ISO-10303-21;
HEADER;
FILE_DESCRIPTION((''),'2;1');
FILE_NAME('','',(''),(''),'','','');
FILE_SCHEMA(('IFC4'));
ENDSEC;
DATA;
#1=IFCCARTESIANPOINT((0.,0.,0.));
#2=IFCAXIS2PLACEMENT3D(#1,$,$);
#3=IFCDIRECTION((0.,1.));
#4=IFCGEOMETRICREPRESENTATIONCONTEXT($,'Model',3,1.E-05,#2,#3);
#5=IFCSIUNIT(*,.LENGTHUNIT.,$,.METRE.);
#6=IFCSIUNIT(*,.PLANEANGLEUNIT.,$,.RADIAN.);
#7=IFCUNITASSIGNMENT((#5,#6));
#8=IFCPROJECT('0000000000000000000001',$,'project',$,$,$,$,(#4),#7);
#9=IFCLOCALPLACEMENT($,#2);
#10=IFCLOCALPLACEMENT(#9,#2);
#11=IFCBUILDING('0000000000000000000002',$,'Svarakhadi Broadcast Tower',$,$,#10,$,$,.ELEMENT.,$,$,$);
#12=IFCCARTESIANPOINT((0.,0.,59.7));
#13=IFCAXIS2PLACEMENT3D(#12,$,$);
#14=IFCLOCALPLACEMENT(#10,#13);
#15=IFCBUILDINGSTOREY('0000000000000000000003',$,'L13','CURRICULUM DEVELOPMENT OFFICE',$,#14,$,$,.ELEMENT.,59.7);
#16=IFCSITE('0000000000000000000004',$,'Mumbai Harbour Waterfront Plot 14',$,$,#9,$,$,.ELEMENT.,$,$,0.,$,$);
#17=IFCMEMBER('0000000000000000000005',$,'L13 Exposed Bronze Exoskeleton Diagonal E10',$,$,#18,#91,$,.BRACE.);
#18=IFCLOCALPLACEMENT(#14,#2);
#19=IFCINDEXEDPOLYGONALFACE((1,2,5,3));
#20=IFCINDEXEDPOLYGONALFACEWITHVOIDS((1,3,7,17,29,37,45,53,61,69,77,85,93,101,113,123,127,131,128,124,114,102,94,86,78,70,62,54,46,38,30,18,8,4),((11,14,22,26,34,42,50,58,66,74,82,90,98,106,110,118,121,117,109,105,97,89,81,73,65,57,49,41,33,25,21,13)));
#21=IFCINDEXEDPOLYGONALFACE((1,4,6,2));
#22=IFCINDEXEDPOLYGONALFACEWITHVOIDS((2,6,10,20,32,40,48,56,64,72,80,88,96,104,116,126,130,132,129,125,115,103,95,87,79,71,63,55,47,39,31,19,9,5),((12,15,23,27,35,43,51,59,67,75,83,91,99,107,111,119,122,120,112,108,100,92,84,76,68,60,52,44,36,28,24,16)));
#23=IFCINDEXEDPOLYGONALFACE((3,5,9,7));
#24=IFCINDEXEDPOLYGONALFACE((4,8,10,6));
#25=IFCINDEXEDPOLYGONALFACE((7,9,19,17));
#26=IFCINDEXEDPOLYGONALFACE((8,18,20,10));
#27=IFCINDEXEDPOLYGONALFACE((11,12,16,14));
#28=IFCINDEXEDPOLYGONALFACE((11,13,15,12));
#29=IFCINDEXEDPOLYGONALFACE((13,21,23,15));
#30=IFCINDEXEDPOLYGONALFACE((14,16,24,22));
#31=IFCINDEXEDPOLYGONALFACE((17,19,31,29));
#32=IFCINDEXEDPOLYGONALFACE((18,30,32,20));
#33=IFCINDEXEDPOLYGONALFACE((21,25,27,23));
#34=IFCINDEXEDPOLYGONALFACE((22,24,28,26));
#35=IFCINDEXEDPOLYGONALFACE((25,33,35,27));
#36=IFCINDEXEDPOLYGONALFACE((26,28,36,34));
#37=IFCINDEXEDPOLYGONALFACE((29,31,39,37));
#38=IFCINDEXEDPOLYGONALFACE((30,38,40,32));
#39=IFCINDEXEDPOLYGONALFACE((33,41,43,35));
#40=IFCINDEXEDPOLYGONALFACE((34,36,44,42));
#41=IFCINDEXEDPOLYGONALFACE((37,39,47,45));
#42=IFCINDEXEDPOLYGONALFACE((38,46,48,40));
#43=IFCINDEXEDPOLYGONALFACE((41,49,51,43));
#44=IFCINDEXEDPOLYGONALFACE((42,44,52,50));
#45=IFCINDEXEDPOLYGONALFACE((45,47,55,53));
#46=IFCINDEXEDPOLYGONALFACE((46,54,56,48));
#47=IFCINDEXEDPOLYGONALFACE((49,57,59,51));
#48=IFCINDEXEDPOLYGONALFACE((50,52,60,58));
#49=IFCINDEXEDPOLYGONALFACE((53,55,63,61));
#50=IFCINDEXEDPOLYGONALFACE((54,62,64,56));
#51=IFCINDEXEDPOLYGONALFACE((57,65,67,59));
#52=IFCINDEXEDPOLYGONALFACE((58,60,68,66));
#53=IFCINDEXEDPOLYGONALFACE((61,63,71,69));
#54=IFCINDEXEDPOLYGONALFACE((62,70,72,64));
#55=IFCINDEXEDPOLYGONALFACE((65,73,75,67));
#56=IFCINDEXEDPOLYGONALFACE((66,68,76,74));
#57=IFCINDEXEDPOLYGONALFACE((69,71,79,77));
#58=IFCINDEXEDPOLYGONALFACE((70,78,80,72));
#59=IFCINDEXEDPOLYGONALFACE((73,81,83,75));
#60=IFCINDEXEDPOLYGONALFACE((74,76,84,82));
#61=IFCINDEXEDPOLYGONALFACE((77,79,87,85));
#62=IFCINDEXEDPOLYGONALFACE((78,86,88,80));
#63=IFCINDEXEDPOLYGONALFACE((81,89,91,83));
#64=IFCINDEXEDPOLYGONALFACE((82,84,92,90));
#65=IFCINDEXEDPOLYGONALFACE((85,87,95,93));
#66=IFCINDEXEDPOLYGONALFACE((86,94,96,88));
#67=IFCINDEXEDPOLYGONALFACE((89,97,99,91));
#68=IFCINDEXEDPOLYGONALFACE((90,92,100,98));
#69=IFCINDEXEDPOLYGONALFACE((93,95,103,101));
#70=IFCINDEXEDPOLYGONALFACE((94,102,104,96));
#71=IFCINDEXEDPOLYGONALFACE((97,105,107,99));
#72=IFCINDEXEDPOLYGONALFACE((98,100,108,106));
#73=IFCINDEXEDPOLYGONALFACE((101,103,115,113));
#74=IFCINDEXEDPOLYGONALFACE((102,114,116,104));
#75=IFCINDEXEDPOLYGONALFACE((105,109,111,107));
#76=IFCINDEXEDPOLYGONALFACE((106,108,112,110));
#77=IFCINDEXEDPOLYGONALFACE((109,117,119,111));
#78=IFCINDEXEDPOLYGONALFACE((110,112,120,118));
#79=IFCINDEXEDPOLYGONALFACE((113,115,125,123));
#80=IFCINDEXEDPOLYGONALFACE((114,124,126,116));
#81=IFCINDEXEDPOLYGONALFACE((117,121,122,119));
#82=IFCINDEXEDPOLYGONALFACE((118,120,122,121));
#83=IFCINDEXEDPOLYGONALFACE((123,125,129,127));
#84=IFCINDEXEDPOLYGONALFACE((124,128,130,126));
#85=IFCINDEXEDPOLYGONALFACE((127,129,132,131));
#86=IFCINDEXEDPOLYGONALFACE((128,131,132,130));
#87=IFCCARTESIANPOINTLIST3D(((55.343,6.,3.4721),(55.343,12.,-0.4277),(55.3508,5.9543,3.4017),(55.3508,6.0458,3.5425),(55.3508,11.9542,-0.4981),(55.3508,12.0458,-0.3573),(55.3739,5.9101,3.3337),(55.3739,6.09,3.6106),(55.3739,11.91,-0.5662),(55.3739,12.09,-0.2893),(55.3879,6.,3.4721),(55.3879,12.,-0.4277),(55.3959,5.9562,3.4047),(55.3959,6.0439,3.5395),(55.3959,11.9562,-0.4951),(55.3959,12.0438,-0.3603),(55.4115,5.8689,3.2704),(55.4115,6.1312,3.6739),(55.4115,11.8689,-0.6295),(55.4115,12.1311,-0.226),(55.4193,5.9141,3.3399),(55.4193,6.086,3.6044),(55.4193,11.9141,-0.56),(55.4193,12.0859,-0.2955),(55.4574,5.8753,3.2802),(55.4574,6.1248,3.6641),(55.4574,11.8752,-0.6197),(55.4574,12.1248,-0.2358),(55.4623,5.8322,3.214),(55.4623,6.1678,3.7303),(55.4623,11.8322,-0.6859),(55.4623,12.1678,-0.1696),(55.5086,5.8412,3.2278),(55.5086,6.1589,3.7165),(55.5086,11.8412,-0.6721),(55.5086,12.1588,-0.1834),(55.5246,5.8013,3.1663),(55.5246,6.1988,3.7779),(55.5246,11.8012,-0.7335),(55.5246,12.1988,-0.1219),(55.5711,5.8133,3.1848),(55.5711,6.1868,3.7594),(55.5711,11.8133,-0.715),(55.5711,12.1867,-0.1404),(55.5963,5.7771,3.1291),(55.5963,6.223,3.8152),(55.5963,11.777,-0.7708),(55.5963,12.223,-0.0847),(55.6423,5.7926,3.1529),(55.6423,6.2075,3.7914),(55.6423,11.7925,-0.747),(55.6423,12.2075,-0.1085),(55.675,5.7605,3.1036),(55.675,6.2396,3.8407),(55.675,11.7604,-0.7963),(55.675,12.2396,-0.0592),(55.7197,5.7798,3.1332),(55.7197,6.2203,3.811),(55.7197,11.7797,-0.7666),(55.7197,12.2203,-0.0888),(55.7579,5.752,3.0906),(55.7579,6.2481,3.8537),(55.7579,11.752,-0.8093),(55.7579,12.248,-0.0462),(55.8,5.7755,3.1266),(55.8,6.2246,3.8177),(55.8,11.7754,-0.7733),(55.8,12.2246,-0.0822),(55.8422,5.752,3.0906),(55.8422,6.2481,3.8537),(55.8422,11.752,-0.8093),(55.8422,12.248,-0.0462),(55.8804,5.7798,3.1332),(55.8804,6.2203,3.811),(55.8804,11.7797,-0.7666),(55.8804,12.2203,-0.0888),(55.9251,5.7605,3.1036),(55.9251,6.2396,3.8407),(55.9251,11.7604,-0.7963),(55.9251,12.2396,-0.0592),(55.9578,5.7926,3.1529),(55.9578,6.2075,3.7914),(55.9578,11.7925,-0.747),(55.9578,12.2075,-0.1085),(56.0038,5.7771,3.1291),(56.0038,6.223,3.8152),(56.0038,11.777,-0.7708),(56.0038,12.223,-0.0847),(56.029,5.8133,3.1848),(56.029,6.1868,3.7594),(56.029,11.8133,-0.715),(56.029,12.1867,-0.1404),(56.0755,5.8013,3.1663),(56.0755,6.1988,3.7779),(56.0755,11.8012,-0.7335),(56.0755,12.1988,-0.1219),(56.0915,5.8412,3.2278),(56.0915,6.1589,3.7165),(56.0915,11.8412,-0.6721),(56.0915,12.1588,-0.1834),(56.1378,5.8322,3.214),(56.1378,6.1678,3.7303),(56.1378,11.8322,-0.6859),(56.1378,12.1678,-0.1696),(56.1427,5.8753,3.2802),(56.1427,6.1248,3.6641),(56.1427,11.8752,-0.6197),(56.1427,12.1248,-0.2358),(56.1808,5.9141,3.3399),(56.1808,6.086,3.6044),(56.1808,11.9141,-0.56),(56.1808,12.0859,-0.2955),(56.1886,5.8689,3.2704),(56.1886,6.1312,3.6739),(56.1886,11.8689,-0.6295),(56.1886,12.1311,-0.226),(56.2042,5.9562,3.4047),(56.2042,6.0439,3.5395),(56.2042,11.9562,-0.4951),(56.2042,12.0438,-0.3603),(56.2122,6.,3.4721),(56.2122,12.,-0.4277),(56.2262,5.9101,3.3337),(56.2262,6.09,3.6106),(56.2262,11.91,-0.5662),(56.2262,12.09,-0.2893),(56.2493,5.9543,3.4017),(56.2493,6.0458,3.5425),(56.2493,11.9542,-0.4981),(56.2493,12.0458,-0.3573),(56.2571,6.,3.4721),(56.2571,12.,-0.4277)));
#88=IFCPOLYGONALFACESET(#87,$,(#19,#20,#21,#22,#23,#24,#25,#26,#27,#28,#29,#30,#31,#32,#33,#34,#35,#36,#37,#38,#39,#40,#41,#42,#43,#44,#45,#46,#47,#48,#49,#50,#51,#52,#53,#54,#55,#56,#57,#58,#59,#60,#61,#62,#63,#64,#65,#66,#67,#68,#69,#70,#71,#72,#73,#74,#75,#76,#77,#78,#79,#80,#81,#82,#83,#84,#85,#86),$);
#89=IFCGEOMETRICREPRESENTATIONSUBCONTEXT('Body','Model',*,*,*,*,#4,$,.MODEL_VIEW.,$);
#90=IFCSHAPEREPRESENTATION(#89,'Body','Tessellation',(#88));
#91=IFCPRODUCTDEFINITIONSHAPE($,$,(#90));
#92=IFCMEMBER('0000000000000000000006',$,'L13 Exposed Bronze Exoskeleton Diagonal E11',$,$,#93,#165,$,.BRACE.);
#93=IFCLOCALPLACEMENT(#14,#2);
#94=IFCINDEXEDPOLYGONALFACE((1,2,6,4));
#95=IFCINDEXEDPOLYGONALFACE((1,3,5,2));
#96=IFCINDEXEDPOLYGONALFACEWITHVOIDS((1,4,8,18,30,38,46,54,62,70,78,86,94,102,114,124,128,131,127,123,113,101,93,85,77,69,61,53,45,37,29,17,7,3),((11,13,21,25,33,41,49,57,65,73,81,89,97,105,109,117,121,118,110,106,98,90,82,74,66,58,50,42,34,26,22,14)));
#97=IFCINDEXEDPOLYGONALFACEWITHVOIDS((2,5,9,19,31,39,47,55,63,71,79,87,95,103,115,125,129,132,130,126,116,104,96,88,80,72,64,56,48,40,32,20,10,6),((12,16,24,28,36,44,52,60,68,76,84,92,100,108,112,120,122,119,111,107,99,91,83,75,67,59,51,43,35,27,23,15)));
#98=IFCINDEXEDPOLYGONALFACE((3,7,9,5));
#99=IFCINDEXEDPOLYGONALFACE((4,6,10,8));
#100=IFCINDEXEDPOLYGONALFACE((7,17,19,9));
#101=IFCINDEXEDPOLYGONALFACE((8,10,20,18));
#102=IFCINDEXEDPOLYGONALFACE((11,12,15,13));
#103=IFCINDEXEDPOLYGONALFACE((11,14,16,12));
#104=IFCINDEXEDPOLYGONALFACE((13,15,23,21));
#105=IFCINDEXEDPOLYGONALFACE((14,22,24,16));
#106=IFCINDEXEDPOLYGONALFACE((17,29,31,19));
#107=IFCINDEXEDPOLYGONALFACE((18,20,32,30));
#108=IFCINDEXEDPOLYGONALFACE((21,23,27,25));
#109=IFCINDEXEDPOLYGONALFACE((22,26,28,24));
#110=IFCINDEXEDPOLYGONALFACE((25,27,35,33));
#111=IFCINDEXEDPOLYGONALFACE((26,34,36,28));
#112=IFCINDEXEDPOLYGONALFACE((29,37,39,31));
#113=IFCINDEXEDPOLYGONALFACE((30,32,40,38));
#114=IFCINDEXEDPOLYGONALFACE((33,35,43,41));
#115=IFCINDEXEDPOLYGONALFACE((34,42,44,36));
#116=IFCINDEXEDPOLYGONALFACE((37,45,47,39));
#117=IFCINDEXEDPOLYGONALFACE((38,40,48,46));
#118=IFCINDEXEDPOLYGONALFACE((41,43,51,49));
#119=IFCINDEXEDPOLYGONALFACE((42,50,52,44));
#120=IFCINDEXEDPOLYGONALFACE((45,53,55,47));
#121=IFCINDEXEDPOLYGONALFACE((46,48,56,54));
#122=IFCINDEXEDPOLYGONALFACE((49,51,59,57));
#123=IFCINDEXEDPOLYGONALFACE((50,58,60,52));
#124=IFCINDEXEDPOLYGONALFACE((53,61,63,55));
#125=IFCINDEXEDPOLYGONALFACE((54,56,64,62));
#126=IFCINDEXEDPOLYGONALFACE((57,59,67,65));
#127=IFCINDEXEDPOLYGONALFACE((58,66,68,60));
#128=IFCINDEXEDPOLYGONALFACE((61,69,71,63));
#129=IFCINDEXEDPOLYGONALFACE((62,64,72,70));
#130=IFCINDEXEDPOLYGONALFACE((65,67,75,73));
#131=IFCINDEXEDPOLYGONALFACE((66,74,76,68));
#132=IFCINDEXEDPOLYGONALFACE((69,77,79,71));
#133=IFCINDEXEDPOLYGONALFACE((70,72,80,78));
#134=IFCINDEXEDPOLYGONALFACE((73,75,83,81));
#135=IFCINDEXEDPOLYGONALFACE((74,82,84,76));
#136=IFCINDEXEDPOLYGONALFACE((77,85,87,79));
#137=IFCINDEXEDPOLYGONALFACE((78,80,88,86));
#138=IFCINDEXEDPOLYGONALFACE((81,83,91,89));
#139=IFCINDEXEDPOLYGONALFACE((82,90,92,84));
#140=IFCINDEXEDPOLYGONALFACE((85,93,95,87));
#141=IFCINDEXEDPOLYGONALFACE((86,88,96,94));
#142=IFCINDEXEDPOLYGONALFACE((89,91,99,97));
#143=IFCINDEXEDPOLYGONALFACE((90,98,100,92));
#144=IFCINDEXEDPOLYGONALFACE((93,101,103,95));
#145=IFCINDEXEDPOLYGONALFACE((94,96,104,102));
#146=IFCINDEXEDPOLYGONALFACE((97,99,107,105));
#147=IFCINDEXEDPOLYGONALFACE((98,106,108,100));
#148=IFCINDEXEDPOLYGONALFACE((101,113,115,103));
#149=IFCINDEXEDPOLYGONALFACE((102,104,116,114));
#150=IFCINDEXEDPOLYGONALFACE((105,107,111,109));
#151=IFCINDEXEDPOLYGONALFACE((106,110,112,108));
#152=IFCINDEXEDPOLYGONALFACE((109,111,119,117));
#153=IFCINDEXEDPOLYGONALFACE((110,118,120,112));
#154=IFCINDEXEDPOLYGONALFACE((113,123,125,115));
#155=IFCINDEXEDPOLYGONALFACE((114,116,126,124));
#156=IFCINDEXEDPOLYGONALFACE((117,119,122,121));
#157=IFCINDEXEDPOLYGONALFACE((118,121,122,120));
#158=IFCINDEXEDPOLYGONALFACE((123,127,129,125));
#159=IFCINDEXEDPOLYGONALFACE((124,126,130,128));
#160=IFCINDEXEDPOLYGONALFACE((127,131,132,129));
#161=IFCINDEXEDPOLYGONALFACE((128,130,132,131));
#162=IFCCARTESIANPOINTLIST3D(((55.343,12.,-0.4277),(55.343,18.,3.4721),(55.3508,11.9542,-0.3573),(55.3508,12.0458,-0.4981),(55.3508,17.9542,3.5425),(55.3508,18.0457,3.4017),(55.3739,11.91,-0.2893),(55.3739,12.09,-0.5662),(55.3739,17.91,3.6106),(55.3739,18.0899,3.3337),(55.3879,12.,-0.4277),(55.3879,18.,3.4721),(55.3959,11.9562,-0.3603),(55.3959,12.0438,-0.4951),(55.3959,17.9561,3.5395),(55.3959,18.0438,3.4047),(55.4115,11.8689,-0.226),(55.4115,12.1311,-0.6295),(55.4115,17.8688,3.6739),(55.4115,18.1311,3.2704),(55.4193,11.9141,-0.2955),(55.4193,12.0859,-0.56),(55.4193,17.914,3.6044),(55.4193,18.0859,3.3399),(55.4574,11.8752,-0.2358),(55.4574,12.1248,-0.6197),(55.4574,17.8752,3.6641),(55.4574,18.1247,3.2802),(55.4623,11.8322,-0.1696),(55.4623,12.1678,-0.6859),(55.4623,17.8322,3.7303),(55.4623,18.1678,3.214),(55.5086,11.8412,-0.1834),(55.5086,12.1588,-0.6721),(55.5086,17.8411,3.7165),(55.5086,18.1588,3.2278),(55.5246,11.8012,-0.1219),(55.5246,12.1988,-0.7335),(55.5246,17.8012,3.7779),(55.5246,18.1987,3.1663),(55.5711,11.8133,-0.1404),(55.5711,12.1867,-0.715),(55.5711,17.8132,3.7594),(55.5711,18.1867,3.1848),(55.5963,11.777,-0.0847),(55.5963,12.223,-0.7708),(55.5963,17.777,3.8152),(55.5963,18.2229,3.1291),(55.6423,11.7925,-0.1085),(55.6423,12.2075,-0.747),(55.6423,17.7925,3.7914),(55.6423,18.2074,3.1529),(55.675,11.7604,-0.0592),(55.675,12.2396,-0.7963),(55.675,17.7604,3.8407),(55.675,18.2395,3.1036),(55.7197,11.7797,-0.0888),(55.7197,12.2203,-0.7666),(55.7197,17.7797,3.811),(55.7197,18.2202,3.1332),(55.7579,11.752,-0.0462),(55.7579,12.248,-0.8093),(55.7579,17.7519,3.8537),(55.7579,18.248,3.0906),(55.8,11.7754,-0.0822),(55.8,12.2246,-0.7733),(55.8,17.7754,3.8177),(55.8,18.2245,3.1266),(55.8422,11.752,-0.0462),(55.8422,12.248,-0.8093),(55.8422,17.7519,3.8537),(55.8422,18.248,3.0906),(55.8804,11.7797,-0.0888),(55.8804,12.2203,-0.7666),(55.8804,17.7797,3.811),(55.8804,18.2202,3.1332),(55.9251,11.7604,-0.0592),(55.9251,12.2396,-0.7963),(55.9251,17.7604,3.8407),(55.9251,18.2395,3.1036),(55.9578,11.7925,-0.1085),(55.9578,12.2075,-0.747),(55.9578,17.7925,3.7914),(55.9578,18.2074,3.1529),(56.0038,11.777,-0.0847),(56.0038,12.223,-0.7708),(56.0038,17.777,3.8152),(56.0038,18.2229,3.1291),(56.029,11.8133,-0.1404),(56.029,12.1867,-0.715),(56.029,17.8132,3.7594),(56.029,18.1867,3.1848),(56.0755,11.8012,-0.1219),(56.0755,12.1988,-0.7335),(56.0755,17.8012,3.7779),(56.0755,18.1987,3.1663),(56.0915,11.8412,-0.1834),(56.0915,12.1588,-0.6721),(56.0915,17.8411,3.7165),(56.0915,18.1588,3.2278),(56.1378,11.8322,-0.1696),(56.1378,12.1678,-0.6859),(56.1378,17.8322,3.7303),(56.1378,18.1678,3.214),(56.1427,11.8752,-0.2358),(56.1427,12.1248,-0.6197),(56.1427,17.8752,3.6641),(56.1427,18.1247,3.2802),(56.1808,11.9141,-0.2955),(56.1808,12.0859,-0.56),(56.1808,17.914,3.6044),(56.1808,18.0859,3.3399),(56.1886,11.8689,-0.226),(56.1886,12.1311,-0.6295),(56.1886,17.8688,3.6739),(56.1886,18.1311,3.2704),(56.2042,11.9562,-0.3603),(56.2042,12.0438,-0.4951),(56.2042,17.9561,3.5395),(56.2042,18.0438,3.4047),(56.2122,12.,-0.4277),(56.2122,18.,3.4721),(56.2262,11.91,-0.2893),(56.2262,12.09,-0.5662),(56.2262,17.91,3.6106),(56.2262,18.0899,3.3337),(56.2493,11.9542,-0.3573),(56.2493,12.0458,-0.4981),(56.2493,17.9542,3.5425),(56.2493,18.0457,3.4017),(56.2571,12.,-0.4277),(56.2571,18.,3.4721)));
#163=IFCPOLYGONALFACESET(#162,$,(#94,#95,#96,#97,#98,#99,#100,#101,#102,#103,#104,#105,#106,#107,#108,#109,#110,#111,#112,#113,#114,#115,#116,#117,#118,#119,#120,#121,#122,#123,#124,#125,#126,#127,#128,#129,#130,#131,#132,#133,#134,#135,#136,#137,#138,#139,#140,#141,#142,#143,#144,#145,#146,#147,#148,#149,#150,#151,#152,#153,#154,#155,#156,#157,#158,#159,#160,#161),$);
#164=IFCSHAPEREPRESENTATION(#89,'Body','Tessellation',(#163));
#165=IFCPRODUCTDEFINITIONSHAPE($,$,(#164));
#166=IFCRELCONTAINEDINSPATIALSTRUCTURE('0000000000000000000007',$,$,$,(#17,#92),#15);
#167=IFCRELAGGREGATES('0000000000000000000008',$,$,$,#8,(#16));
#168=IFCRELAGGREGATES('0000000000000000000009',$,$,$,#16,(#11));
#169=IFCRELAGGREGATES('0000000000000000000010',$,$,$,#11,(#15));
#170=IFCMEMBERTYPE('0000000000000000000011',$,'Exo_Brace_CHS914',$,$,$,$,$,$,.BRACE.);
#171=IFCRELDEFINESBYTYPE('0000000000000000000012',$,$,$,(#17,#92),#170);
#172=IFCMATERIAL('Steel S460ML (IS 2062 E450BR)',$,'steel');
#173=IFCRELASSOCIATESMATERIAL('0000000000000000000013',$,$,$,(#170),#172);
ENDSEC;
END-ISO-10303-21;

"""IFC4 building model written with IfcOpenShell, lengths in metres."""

from ifc_helpers import new_model, si_unit, direction, frame, origin, origin_2d, place, context, subcontext, project, spatial, hollow_circle, extrude, material, material_profile, profile_set, type_object, element, save


model = new_model("IFC4")

# Units and contexts
model_context = context("Model", 3, precision=1e-05, world=origin(), true_north=direction((0.0, 1.0)))
body_context = subcontext(model_context, "Body", "Model", "MODEL_VIEW")
ifc_project = project(units=[si_unit("LENGTHUNIT", "METRE"), si_unit("PLANEANGLEUNIT", "RADIAN")], contexts=[model_context])

# Site, building, storey
site_placement = place(None, origin())
site = spatial("IfcSite", under=ifc_project, at=site_placement, Name="Mumbai Harbour Waterfront Plot 14", CompositionType="ELEMENT", RefElevation=0.0)
building_placement = place(site_placement, origin())
building = spatial("IfcBuilding", under=site, at=building_placement, Name="Svarakhadi Broadcast Tower", CompositionType="ELEMENT")
storey_placement = place(building_placement, frame((0.0, 0.0, 59.7)))
storey = spatial("IfcBuildingStorey", under=building, at=storey_placement, Name="L13", Description="CURRICULUM DEVELOPMENT OFFICE", CompositionType="ELEMENT", Elevation=59.7)

# Members
ifc_material_1 = material(Name="Steel S460ML (IS 2062 E450BR)", Category="steel")
ifc_material_profile_1 = material_profile(ifc_material_1, hollow_circle(Radius=0.457, WallThickness=0.0449, at=origin_2d()), Name="CHS 914x45")
ifc_profile_set_1 = profile_set([ifc_material_profile_1], Name="Steel S460ML (IS 2062 E450BR)")
member_type_1 = type_object("IfcMemberType", Name="Exo_Brace_CHS914", PredefinedType="BRACE", material=ifc_profile_set_1)
for number, where, z_axis, x_axis, name in (
    (1, (55.8, 12.0, -0.4277), (0.0, -0.83845, 0.544979), (1.0, 0.0, 0.0), "L13 Exposed Bronze Exoskeleton Diagonal E10"),
    (2, (55.8, 12.0, -0.4277), (0.0, 0.83845, 0.544979), (-1.0, 0.0, 0.0), "L13 Exposed Bronze Exoskeleton Diagonal E11"),
):
    element("IfcMember", number, at=place(storey_placement, frame(where, z_axis=z_axis, x_axis=x_axis)), inside=storey, type_object=member_type_1, Name=name, PredefinedType="BRACE", context=body_context, shape_type="SweptSolid", body=[
        extrude(hollow_circle(Radius=0.457, WallThickness=0.0449, at=origin_2d()), origin(), (0.0, 0.0, 1.0), 7.156),
    ])

save(model, "model.ifc")
